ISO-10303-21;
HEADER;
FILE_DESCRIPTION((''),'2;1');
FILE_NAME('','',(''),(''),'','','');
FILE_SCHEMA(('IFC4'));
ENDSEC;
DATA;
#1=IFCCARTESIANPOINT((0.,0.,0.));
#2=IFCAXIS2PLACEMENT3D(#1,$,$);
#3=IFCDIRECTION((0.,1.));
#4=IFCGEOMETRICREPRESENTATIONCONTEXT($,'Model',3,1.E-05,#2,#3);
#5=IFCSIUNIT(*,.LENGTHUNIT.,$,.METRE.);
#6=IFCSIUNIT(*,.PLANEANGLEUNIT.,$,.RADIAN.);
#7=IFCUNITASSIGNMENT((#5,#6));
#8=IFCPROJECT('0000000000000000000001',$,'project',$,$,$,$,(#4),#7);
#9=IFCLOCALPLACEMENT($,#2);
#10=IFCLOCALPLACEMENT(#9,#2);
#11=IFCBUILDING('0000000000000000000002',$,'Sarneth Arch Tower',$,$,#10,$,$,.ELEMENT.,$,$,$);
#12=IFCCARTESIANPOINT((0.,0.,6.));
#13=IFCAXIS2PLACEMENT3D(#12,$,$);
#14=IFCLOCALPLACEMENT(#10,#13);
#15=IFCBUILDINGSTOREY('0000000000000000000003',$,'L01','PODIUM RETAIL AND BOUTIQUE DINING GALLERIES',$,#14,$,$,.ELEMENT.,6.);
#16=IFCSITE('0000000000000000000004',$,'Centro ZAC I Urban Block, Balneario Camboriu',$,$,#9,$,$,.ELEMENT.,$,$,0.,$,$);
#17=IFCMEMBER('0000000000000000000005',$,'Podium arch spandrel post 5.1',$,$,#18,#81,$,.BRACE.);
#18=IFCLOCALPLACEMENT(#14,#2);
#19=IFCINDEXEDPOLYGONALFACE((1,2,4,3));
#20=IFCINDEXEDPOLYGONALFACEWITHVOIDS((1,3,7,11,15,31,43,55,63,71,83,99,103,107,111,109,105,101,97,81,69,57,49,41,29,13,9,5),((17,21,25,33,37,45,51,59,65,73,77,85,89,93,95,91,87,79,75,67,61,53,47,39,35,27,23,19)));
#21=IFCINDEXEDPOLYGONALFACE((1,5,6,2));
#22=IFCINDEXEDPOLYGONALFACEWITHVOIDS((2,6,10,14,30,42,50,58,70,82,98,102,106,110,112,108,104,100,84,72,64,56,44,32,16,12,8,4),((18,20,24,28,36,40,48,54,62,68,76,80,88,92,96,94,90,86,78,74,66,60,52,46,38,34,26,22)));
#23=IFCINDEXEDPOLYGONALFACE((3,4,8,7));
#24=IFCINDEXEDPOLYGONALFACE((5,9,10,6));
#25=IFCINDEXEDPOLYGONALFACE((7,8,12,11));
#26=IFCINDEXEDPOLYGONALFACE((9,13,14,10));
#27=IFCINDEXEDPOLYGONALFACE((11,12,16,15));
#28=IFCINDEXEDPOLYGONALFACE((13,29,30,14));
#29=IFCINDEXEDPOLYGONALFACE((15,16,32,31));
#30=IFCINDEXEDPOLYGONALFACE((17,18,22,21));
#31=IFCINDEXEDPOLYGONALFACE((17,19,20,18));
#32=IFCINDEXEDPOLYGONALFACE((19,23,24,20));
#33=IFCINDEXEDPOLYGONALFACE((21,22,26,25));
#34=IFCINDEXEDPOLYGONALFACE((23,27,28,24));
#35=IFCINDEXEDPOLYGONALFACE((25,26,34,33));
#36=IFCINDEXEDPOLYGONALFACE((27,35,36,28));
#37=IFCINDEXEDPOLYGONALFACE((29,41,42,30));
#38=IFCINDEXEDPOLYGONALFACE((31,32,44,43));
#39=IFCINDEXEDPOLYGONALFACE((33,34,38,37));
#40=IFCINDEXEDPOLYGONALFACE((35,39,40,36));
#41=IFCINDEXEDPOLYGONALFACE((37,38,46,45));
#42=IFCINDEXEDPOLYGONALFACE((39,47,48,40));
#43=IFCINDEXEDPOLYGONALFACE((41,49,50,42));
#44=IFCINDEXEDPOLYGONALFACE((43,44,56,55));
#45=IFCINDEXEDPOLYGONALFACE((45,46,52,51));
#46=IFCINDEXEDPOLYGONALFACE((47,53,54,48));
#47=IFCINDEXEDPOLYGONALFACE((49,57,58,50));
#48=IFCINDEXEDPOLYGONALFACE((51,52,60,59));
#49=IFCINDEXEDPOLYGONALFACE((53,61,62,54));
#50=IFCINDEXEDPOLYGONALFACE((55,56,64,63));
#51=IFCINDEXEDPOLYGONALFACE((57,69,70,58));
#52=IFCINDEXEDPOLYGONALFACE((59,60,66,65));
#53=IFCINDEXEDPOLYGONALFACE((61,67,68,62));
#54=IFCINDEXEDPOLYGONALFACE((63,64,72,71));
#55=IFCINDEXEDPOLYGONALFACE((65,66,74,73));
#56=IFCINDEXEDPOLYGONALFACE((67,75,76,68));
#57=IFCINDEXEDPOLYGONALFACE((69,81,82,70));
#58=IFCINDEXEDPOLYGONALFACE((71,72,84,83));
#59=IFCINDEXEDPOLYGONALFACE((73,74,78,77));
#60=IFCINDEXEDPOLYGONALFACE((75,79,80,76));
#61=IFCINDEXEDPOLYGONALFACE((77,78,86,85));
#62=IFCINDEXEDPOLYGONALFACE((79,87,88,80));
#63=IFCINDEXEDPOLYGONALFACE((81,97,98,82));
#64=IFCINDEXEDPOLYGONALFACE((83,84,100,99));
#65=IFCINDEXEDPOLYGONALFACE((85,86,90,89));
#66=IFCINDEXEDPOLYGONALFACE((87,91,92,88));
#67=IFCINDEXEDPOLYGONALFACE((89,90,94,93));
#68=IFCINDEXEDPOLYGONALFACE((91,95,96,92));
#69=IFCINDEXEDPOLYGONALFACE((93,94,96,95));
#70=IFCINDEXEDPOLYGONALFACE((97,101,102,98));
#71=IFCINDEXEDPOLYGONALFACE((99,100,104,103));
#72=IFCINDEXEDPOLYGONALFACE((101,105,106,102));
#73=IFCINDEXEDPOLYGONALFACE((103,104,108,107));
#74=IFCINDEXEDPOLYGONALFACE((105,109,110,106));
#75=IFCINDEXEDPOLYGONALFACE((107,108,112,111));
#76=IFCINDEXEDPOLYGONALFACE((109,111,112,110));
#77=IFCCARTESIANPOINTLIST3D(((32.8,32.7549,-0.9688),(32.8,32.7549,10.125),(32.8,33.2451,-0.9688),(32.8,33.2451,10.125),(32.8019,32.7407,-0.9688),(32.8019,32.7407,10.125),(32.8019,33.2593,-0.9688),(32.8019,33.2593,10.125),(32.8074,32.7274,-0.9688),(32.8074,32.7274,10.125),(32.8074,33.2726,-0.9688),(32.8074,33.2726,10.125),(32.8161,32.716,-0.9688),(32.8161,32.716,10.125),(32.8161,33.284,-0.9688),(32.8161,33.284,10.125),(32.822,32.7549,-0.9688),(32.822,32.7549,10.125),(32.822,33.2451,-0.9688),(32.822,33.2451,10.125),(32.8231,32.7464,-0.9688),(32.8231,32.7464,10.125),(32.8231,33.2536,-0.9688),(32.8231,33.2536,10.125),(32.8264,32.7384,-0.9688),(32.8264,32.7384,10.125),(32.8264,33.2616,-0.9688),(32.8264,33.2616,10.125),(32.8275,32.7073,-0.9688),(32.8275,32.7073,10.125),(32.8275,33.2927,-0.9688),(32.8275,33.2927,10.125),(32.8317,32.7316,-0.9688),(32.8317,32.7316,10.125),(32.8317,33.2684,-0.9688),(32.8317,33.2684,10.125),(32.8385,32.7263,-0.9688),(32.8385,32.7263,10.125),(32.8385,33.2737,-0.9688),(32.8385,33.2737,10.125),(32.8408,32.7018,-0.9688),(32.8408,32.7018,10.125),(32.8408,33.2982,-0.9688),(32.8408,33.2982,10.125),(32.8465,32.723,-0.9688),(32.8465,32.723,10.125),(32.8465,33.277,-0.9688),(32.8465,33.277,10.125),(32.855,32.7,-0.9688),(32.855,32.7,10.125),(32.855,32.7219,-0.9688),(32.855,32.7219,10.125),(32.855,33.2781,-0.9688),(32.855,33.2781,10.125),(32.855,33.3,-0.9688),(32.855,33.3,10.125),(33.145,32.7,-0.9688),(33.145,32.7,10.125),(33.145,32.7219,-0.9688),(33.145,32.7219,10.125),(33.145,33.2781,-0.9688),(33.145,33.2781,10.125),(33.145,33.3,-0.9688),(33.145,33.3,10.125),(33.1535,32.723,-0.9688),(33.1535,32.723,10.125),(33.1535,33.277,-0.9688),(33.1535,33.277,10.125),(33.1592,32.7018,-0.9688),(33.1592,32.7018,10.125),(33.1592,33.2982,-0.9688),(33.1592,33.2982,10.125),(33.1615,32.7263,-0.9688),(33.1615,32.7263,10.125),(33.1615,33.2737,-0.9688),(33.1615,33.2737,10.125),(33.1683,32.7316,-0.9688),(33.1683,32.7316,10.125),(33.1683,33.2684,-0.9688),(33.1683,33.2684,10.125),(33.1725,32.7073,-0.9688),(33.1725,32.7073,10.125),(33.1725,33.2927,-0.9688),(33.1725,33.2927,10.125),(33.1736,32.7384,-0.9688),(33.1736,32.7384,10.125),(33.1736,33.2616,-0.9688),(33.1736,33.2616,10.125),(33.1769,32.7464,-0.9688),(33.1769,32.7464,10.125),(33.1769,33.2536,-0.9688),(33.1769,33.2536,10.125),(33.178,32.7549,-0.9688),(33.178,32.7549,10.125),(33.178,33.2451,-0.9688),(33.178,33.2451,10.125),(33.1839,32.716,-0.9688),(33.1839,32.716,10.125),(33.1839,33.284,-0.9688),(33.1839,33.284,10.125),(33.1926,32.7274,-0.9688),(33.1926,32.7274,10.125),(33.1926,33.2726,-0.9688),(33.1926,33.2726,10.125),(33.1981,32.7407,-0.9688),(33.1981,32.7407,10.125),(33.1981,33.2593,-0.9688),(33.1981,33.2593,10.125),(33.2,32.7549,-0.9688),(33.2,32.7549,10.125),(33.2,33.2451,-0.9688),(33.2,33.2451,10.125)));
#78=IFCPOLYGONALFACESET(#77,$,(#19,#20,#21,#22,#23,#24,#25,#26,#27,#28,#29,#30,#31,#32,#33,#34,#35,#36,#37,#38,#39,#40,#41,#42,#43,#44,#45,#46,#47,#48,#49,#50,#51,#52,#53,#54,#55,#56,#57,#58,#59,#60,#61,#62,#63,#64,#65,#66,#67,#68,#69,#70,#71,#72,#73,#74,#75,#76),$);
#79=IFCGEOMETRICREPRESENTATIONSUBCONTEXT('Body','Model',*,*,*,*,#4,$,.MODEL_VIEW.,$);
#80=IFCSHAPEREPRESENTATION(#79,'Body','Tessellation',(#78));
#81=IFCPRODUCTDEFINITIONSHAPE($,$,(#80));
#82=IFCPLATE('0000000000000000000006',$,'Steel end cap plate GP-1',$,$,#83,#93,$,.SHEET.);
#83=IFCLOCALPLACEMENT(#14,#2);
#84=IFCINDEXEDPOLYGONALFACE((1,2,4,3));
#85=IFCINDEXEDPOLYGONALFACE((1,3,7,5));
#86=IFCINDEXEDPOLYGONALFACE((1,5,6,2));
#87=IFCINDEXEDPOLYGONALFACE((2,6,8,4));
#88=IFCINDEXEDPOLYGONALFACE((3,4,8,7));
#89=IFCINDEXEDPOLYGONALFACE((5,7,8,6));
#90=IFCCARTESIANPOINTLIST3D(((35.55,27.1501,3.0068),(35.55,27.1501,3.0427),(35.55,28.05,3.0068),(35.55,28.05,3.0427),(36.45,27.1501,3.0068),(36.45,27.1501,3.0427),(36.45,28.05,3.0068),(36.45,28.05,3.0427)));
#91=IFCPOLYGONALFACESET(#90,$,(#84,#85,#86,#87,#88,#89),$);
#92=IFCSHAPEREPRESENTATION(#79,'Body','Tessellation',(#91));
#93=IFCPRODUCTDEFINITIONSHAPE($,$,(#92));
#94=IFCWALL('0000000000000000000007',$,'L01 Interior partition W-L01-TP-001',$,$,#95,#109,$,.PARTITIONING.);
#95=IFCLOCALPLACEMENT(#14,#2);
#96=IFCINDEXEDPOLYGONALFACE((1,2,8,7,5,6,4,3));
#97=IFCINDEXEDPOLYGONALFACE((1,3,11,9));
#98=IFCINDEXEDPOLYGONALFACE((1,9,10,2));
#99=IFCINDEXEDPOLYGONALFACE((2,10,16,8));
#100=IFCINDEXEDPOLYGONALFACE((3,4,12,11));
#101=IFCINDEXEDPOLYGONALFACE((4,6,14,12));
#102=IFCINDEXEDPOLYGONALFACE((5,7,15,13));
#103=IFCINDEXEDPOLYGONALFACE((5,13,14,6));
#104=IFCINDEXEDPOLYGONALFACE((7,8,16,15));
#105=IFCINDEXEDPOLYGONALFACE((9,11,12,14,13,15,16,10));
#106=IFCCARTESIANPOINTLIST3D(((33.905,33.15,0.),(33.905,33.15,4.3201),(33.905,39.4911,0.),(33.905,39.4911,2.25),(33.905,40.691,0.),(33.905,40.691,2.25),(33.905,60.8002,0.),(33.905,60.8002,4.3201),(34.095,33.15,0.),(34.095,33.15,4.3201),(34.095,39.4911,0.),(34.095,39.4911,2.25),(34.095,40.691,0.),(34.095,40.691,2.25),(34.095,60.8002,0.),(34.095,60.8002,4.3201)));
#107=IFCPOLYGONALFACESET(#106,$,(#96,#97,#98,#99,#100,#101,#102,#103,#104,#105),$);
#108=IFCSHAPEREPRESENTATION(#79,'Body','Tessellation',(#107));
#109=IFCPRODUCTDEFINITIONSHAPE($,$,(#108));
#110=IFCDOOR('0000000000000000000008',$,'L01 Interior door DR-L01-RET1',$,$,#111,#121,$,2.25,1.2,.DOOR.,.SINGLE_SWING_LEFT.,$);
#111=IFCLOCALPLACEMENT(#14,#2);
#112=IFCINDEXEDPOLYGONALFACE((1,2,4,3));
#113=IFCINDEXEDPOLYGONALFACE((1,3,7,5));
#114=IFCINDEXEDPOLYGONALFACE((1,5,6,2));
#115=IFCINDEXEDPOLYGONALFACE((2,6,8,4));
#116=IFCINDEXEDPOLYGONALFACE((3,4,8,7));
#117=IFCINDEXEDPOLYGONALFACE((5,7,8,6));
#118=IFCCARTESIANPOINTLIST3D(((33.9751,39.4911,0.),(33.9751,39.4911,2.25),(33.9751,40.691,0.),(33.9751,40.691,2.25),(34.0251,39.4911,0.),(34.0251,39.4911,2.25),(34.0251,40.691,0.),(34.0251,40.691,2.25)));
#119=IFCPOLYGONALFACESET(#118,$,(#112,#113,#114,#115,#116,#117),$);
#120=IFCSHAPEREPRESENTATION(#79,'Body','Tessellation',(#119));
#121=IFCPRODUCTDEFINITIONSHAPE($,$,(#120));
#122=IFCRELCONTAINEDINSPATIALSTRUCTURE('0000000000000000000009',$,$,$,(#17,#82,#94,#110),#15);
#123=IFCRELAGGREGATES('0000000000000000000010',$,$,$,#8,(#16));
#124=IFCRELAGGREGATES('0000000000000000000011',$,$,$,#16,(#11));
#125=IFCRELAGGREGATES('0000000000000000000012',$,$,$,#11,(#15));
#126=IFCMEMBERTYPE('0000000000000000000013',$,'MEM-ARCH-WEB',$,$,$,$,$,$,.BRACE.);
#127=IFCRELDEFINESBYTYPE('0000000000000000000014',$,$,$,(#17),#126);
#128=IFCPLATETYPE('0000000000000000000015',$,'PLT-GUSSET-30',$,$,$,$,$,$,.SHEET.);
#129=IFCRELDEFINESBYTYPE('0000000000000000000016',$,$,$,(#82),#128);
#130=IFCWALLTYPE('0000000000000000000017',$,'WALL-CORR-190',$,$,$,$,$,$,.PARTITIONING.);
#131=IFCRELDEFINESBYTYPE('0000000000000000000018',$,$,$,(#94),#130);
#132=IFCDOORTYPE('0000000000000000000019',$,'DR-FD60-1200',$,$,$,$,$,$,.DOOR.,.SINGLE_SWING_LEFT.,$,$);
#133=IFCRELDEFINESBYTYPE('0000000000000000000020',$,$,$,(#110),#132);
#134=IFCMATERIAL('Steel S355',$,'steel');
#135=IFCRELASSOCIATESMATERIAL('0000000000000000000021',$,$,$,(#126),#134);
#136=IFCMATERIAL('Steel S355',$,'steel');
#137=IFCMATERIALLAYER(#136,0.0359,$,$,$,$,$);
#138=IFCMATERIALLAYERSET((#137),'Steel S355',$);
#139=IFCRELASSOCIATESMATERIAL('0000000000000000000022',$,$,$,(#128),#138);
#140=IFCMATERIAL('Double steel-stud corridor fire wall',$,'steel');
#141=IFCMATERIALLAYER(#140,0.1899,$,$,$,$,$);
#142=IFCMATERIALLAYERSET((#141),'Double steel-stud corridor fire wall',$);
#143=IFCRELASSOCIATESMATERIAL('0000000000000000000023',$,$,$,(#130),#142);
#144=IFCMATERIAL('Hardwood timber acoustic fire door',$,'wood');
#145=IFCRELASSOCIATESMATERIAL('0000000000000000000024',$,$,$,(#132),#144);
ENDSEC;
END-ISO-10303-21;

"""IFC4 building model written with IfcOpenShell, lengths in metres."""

from ifc_helpers import new_model, si_unit, direction, frame, frame_2d, origin, origin_2d, place, context, subcontext, project, spatial, rectangle, hollow_rectangle, extrude, material, layer, layer_set, material_profile, profile_set, type_object, element, fill, save


model = new_model("IFC4")

# Units and contexts
model_context = context("Model", 3, precision=1e-05, world=origin(), true_north=direction((0.0, 1.0)))
body_context = subcontext(model_context, "Body", "Model", "MODEL_VIEW")
ifc_project = project(units=[si_unit("LENGTHUNIT", "METRE"), si_unit("PLANEANGLEUNIT", "RADIAN")], contexts=[model_context])

# Site, building, storey
site_placement = place(None, origin())
site = spatial("IfcSite", under=ifc_project, at=site_placement, Name="Centro ZAC I Urban Block, Balneario Camboriu", CompositionType="ELEMENT", RefElevation=0.0)
building_placement = place(site_placement, origin())
building = spatial("IfcBuilding", under=site, at=building_placement, Name="Sarneth Arch Tower", CompositionType="ELEMENT")
storey_placement = place(building_placement, frame((0.0, 0.0, 6.0)))
storey = spatial("IfcBuildingStorey", under=building, at=storey_placement, Name="L01", Description="PODIUM RETAIL AND BOUTIQUE DINING GALLERIES", CompositionType="ELEMENT", Elevation=6.0)

# Member
ifc_material_1 = material(Name="Steel S355", Category="steel")
ifc_material_profile_1 = material_profile(ifc_material_1, hollow_rectangle(XDim=0.3999, YDim=0.6001, WallThickness=0.022, InnerFilletRadius=0.033, OuterFilletRadius=0.0549, at=origin_2d()), Name="RHS600x400x22")
ifc_profile_set_1 = profile_set([ifc_material_profile_1], Name="Steel S355")
member_type_1 = type_object("IfcMemberType", Name="MEM-ARCH-WEB", PredefinedType="BRACE", material=ifc_profile_set_1)
for number, where, z_axis, x_axis, name in (
    (1, (33.0, 33.0, -0.9688), (0.0, 0.0, 1.0), (1.0, 0.0, 0.0), "Podium arch spandrel post 5.1"),
):
    element("IfcMember", number, at=place(storey_placement, frame(where, z_axis=z_axis, x_axis=x_axis)), inside=storey, type_object=member_type_1, Name=name, PredefinedType="BRACE", context=body_context, shape_type="SweptSolid", body=[
        extrude(hollow_rectangle(XDim=0.3999, YDim=0.6001, WallThickness=0.022, InnerFilletRadius=0.033, OuterFilletRadius=0.0549, at=origin_2d()), origin(), (0.0, 0.0, 1.0), 11.0938),
    ])

# Plate
ifc_material_2 = material(Name="Steel S355", Category="steel")
ifc_layer_1 = layer(ifc_material_2, 0.0359)
ifc_layer_set_1 = layer_set([ifc_layer_1], Name="Steel S355")
plate_type = type_object("IfcPlateType", Name="PLT-GUSSET-30", PredefinedType="SHEET", material=ifc_layer_set_1)
plate_placement = place(storey_placement, frame((36.0, 27.6001, 3.0068), z_axis=(0.0, 0.0, 1.0), x_axis=(-1.0, 0.0, 0.0)))
element("IfcPlate", 2, at=plate_placement, inside=storey, type_object=plate_type, Name="Steel end cap plate GP-1", PredefinedType="SHEET", context=body_context, shape_type="SweptSolid", body=[
    extrude(rectangle(XDim=0.8999, YDim=0.8999, at=origin_2d()), origin(), (0.0, 0.0, 1.0), 0.0359),
])

# Wall, opening, door
ifc_material_3 = material(Name="Double steel-stud corridor fire wall", Category="steel")
ifc_layer_2 = layer(ifc_material_3, 0.1899)
ifc_layer_set_2 = layer_set([ifc_layer_2], Name="Double steel-stud corridor fire wall")
wall_type_1 = type_object("IfcWallType", Name="WALL-CORR-190", PredefinedType="PARTITIONING", material=ifc_layer_set_2)
wall_1_placement = place(storey_placement, frame((34.0, 33.1499, 0.0), z_axis=(0.0, 0.0, 1.0), x_axis=(0.0, 1.0, 0.0)))
wall_1 = element("IfcWall", 3, at=wall_1_placement, inside=storey, type_object=wall_type_1, Name="L01 Interior partition W-L01-TP-001", PredefinedType="PARTITIONING", context=body_context, shape_type="SweptSolid", body=[
    extrude(rectangle(XDim=27.6501, YDim=0.1899, at=frame_2d((13.8252, 0.0))), origin(), (0.0, 0.0, 1.0), 4.3201),
])
opening_1_placement = place(wall_1_placement, frame((6.3411, 0.0, 0.0)))
opening_1 = element("IfcOpeningElement", 4, at=opening_1_placement, cuts=wall_1, PredefinedType="OPENING", context=body_context, shape_type="SweptSolid", body=[
    extrude(rectangle(XDim=1.2, YDim=2.25, at=frame_2d((0.6001, 1.125))), frame((0.0, 0.105, 0.0), z_axis=(0.0, -1.0, 0.0), x_axis=(1.0, 0.0, 0.0)), (0.0, 0.0, 1.0), 0.21),
])
ifc_material_4 = material(Name="Hardwood timber acoustic fire door", Category="wood")
door_type = type_object("IfcDoorType", Name="DR-FD60-1200", OperationType="SINGLE_SWING_LEFT", PredefinedType="DOOR", material=ifc_material_4)
door_placement = place(opening_1_placement, origin())
door = element("IfcDoor", 5, at=door_placement, inside=storey, type_object=door_type, Name="L01 Interior door DR-L01-RET1", OperationType="SINGLE_SWING_LEFT", OverallHeight=2.25, OverallWidth=1.2, PredefinedType="DOOR", context=body_context, shape_type="SweptSolid", body=[
    extrude(rectangle(XDim=1.2, YDim=2.25, at=frame_2d((0.6001, 1.125))), frame((0.0, 0.0249, 0.0), z_axis=(0.0, -1.0, 0.0), x_axis=(1.0, 0.0, 0.0)), (0.0, 0.0, 1.0), 0.05),
])
fill(opening_1, door)

save(model, "model.ifc")
